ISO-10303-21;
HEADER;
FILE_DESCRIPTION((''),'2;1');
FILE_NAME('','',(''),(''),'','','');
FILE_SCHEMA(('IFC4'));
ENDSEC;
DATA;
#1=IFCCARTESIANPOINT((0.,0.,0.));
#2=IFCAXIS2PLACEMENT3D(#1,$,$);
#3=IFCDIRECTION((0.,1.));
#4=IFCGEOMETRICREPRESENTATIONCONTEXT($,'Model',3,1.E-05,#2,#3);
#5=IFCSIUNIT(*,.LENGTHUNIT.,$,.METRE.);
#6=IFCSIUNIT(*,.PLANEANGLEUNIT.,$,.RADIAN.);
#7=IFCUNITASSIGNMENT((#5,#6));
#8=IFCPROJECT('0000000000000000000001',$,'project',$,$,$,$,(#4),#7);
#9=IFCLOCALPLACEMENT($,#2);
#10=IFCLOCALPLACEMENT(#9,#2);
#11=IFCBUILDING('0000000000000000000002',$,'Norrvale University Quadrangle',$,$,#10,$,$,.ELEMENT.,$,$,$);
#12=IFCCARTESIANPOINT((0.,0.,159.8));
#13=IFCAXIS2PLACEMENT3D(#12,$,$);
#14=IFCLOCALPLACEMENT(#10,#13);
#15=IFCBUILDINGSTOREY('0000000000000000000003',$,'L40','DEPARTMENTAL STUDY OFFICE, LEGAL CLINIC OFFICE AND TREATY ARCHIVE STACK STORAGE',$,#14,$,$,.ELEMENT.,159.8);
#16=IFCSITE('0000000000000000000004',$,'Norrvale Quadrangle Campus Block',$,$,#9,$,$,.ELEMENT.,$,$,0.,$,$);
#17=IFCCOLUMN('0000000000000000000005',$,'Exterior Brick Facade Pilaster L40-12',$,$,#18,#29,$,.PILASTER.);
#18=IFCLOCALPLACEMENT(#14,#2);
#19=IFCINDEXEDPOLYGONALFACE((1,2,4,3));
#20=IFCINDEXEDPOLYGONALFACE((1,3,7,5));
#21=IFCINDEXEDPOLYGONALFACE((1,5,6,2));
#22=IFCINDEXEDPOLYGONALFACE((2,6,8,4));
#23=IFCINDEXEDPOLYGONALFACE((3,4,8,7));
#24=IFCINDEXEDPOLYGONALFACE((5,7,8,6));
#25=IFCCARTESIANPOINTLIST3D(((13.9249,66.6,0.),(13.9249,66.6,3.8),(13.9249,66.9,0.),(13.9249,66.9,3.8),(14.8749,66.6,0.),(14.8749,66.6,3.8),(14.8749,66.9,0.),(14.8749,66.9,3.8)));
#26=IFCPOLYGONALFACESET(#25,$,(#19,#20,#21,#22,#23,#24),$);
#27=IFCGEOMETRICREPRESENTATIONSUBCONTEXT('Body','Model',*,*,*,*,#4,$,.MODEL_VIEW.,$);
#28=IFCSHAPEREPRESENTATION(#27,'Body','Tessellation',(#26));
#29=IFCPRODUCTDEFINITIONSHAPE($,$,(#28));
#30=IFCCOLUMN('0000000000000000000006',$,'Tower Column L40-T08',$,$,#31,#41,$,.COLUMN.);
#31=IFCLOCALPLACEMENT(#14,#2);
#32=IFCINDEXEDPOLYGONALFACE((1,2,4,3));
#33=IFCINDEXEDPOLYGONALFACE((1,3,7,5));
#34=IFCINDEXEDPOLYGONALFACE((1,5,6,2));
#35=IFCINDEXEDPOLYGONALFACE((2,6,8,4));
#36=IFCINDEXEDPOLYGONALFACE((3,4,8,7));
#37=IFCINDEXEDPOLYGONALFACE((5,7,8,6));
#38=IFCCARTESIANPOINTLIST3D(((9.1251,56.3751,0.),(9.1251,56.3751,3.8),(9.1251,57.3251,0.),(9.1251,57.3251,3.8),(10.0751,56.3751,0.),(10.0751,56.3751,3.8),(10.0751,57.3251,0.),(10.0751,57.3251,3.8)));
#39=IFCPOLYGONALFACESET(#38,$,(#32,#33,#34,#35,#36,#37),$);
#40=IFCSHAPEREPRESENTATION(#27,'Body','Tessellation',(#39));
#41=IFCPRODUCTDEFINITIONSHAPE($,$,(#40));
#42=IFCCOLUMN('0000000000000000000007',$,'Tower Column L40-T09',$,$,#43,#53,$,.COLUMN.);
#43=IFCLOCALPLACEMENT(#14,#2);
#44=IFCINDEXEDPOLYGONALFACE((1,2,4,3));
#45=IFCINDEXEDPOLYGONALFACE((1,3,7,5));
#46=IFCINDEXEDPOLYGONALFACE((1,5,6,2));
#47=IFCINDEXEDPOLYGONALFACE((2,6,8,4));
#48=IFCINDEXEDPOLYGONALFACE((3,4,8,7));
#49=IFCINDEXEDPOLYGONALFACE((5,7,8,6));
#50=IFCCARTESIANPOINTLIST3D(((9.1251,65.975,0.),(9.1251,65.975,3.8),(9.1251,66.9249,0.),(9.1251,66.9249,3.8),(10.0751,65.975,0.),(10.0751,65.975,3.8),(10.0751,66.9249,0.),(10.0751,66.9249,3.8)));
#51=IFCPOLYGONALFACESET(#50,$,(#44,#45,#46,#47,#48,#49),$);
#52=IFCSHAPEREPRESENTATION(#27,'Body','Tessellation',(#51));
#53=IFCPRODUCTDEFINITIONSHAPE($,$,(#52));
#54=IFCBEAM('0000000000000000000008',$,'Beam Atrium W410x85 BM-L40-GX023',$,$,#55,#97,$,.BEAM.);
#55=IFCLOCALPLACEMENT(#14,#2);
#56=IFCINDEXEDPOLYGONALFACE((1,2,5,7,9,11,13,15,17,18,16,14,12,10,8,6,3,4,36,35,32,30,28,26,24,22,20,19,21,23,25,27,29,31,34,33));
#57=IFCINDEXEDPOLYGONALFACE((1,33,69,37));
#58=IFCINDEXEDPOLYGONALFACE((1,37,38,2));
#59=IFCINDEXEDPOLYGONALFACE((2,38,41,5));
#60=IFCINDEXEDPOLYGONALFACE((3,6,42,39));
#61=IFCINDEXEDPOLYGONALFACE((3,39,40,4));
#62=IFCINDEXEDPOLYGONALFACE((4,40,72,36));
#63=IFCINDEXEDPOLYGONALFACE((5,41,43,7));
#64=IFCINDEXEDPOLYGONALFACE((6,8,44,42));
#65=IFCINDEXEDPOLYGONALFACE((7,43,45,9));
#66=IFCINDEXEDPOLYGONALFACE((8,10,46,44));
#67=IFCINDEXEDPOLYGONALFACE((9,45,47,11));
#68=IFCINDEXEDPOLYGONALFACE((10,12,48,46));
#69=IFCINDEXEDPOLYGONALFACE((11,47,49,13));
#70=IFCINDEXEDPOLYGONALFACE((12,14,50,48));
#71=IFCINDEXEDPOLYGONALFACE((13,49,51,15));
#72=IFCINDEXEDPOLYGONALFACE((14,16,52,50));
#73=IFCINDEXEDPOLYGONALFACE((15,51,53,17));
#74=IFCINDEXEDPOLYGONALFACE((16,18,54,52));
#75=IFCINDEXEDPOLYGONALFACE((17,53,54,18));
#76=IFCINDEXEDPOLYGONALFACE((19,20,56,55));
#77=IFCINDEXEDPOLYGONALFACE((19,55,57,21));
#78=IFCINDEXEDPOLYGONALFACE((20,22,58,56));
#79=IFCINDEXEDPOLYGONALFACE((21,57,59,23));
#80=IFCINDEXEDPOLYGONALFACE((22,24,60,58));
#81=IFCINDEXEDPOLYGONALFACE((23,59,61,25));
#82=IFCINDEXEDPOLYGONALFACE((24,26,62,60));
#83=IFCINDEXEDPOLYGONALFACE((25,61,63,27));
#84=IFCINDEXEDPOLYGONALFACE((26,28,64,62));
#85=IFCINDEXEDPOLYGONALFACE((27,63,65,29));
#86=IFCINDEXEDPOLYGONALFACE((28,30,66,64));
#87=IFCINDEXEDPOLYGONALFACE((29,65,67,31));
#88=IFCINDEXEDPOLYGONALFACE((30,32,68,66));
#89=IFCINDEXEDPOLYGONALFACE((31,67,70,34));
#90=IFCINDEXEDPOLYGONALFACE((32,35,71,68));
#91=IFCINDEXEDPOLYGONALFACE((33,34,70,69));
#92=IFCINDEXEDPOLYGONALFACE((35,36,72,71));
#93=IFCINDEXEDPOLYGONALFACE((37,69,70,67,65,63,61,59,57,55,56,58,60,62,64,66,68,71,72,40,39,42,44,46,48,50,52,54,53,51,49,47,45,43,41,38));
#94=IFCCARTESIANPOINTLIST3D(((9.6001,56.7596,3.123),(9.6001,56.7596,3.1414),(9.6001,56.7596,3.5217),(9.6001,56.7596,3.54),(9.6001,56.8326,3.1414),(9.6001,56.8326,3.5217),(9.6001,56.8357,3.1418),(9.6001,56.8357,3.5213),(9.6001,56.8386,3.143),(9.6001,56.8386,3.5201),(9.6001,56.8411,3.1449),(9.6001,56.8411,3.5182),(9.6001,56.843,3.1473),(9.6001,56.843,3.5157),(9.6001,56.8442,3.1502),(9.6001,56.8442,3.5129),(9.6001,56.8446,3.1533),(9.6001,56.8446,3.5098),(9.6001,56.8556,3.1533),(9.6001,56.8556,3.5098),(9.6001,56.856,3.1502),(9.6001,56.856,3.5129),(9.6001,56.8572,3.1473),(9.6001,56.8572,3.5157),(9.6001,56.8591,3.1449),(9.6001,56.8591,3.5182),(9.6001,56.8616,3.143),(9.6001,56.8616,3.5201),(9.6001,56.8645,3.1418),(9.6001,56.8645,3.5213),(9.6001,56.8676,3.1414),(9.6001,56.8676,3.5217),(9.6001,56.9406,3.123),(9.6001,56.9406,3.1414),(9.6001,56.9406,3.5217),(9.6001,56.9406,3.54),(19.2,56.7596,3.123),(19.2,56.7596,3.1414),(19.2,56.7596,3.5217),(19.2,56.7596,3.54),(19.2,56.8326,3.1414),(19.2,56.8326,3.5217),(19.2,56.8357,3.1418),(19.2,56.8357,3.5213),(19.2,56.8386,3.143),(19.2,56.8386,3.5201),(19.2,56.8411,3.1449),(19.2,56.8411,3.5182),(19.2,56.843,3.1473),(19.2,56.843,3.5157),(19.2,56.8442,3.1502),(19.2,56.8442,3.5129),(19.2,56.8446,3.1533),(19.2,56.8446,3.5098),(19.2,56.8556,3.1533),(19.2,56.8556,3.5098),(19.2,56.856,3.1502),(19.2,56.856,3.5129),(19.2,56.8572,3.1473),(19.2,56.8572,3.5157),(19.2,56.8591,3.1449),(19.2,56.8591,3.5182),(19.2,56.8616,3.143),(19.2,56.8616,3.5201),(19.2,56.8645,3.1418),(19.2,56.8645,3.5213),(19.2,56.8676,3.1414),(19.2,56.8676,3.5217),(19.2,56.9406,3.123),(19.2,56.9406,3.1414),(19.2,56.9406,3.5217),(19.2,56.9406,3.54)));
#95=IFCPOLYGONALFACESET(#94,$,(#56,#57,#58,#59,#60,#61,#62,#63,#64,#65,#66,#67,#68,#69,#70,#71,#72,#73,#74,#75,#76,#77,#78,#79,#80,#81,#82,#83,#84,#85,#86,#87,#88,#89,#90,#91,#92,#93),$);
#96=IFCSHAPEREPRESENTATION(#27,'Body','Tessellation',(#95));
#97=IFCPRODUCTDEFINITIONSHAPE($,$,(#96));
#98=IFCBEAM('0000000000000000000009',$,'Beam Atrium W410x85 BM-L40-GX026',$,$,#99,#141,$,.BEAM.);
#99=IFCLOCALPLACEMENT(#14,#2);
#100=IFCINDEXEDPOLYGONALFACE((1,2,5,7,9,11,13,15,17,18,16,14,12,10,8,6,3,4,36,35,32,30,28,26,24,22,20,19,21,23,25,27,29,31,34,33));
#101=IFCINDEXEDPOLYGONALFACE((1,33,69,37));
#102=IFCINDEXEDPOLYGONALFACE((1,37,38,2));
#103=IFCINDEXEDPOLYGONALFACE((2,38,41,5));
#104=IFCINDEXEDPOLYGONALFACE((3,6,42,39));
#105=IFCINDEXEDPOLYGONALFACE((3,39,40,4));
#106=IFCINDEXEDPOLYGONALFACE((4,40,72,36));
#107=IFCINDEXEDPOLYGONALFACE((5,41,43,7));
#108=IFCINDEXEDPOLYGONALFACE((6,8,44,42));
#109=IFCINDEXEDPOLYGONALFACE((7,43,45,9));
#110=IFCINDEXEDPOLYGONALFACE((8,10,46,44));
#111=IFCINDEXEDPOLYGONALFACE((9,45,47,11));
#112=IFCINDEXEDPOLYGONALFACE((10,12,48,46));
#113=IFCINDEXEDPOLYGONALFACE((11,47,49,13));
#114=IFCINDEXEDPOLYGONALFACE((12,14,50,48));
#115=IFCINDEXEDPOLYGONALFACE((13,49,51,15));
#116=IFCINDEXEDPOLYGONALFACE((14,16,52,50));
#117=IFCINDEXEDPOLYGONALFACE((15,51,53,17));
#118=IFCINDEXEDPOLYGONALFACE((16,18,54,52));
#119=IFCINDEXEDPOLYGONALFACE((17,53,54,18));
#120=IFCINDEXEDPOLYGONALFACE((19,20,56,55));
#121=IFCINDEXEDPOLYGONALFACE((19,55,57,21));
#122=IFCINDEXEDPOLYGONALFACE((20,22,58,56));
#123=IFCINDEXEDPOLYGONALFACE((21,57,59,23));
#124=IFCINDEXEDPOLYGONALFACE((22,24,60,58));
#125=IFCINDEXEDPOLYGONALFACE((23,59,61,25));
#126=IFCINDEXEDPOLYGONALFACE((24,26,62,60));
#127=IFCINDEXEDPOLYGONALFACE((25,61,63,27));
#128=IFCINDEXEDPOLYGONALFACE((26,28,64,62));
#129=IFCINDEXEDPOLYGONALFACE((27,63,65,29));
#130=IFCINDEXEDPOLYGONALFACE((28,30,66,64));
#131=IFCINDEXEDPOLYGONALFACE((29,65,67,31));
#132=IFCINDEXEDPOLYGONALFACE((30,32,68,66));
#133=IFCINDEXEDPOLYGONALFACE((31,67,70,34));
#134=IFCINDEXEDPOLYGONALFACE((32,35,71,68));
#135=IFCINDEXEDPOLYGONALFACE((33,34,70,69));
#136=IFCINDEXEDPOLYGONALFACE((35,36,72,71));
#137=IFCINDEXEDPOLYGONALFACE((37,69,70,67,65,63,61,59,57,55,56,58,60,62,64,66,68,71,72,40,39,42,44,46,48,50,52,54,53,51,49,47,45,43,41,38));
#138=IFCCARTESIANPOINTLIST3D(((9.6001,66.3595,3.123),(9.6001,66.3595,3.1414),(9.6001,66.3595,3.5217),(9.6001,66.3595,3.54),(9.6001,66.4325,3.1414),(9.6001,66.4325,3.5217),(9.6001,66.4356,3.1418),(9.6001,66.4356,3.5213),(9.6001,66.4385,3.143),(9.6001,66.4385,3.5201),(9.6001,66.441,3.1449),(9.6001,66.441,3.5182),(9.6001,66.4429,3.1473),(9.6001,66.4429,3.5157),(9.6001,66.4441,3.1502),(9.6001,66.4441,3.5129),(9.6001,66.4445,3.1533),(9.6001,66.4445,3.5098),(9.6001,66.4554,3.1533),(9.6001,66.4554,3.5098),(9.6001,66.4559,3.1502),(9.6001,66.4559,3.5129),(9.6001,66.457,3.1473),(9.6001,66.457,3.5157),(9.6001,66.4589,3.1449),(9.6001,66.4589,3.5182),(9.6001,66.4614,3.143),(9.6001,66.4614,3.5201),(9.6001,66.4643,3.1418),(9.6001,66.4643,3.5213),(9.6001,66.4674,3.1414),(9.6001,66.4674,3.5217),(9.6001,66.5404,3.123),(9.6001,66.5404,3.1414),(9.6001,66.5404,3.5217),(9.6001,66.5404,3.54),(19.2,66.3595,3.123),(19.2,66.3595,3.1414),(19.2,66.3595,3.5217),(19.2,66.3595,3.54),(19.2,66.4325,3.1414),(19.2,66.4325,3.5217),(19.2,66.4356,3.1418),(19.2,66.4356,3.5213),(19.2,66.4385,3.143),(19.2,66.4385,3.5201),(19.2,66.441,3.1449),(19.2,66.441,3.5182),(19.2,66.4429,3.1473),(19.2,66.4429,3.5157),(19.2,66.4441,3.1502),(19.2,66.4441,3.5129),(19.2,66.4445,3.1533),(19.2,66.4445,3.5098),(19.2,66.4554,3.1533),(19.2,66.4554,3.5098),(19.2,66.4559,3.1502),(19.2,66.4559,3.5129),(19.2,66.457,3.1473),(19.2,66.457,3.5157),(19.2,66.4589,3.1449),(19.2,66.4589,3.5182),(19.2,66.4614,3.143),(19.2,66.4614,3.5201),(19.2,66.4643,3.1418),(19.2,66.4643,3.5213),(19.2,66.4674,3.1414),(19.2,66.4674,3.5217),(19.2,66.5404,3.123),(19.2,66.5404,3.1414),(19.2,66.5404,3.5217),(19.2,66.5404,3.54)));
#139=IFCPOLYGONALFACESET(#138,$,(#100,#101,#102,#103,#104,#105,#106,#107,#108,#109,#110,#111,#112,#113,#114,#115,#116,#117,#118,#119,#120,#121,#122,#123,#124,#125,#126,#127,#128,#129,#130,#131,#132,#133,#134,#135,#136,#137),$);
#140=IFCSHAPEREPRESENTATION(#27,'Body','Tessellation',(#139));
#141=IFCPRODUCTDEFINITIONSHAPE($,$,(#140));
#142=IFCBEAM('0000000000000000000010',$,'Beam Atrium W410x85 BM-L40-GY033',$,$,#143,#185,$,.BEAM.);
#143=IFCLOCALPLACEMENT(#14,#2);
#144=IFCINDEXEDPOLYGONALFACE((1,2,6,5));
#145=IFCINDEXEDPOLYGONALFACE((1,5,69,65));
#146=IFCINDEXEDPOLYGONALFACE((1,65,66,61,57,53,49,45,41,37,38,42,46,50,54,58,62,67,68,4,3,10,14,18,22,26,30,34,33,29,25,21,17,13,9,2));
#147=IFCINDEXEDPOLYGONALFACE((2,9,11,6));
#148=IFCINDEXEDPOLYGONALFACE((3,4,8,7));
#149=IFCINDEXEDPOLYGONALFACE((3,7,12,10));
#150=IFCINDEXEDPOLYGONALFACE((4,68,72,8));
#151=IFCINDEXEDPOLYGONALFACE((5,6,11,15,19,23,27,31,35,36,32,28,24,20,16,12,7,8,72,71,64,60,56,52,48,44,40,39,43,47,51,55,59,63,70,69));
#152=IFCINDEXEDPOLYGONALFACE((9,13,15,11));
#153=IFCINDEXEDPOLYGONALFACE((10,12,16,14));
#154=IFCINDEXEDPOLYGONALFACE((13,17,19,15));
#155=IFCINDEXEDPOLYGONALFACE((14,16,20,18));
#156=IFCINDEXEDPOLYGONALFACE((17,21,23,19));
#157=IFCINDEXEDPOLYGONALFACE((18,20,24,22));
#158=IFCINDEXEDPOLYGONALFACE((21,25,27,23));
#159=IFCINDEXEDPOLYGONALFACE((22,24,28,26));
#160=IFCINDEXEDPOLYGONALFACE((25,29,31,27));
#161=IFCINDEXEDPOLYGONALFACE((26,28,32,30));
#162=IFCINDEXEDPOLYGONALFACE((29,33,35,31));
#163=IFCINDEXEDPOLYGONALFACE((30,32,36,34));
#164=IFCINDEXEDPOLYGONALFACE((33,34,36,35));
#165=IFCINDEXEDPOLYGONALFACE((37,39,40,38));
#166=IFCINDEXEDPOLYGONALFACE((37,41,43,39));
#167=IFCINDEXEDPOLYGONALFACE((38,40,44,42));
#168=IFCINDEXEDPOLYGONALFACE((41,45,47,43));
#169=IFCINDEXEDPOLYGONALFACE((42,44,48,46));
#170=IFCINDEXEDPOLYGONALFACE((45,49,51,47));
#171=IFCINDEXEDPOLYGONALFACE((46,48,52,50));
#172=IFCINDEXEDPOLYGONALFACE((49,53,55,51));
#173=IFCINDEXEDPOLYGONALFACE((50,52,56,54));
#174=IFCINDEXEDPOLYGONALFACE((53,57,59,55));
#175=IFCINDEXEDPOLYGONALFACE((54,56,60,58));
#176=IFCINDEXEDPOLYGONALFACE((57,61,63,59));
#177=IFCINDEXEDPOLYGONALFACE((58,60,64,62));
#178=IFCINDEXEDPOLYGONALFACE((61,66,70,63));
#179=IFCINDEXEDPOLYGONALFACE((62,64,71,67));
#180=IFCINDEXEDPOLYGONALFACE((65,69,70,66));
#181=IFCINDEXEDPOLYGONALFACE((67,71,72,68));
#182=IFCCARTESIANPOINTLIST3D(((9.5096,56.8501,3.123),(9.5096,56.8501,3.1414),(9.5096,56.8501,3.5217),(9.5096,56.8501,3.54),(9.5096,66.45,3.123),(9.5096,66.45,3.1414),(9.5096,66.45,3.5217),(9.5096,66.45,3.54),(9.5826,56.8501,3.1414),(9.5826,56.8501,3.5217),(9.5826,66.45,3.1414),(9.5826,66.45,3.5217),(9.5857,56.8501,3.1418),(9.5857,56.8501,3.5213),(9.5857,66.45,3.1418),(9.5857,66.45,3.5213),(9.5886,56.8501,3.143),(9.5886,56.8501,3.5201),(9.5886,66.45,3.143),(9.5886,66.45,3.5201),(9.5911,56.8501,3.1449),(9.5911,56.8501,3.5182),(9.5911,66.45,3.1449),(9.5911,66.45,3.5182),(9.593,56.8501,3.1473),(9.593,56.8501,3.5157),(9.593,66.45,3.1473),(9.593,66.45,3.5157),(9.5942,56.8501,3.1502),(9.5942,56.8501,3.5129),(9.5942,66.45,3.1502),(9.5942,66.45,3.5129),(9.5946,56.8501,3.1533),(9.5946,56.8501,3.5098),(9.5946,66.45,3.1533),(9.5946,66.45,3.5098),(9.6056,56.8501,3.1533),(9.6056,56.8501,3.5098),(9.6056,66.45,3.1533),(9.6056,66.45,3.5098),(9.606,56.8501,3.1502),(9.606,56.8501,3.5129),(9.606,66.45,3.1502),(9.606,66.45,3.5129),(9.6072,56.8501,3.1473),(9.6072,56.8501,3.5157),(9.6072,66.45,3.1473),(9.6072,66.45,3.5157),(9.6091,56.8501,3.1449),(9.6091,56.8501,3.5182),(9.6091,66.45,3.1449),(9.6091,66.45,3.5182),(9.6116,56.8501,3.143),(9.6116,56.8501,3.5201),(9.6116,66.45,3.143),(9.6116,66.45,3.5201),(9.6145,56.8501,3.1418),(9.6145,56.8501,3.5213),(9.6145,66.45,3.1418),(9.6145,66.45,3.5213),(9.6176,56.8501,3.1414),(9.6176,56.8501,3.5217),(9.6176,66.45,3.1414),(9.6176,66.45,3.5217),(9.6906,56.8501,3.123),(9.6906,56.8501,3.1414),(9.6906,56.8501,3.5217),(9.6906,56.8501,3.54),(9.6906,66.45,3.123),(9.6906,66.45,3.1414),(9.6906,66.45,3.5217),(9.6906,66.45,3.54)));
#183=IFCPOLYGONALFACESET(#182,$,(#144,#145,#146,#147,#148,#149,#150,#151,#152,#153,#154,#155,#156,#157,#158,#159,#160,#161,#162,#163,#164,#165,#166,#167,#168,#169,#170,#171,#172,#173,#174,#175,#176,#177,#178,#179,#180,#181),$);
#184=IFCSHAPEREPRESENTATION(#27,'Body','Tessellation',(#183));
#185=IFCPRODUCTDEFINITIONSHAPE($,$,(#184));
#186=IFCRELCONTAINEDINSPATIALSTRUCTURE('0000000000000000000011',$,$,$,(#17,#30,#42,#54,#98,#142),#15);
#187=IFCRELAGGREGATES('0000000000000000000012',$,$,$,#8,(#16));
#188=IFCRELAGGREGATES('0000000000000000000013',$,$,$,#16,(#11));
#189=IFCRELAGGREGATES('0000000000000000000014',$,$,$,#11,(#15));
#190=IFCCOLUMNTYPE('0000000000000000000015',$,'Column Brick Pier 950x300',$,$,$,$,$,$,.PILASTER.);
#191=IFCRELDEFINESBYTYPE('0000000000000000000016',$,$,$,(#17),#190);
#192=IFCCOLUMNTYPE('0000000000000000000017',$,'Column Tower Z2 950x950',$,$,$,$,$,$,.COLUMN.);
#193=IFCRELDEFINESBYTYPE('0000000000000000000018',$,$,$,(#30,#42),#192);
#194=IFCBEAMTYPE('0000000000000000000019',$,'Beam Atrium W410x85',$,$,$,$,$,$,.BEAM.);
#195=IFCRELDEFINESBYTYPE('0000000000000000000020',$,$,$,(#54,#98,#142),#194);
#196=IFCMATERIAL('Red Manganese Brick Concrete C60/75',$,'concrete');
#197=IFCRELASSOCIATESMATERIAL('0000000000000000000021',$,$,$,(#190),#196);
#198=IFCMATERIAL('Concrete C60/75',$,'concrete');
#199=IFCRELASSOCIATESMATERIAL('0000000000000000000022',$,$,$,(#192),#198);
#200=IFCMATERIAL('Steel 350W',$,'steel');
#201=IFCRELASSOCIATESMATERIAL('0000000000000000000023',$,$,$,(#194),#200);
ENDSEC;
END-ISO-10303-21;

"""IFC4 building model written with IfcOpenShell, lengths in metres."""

from ifc_helpers import new_model, si_unit, direction, frame, origin, origin_2d, place, context, subcontext, project, spatial, rectangle, i_section, extrude, material, material_profile, profile_set, type_object, element, save


model = new_model("IFC4")

# Units and contexts
model_context = context("Model", 3, precision=1e-05, world=origin(), true_north=direction((0.0, 1.0)))
body_context = subcontext(model_context, "Body", "Model", "MODEL_VIEW")
ifc_project = project(units=[si_unit("LENGTHUNIT", "METRE"), si_unit("PLANEANGLEUNIT", "RADIAN")], contexts=[model_context])

# Site, building, storey
site_placement = place(None, origin())
site = spatial("IfcSite", under=ifc_project, at=site_placement, Name="Norrvale Quadrangle Campus Block", CompositionType="ELEMENT", RefElevation=0.0)
building_placement = place(site_placement, origin())
building = spatial("IfcBuilding", under=site, at=building_placement, Name="Norrvale University Quadrangle", CompositionType="ELEMENT")
storey_placement = place(building_placement, frame((0.0, 0.0, 159.8)))
storey = spatial("IfcBuildingStorey", under=building, at=storey_placement, Name="L40", Description="DEPARTMENTAL STUDY OFFICE, LEGAL CLINIC OFFICE AND TREATY ARCHIVE STACK STORAGE", CompositionType="ELEMENT", Elevation=159.8)

# Columns
ifc_material_1 = material(Name="Red Manganese Brick Concrete C60/75", Category="concrete")
ifc_material_profile_1 = material_profile(ifc_material_1, rectangle(XDim=0.95, YDim=0.3, at=origin_2d()), Name="Red Manganese Brick Concrete C60/75")
ifc_profile_set_1 = profile_set([ifc_material_profile_1], Name="Red Manganese Brick Concrete C60/75")
column_type_1 = type_object("IfcColumnType", Name="Column Brick Pier 950x300", PredefinedType="PILASTER", material=ifc_profile_set_1)
column_placement = place(storey_placement, frame((14.3999, 66.75, 0.0), z_axis=(0.0, 0.0, 1.0), x_axis=(1.0, 0.0, 0.0)))
element("IfcColumn", 1, at=column_placement, inside=storey, type_object=column_type_1, Name="Exterior Brick Facade Pilaster L40-12", PredefinedType="PILASTER", context=body_context, shape_type="SweptSolid", body=[
    extrude(rectangle(XDim=0.95, YDim=0.3, at=origin_2d()), origin(), (0.0, 0.0, 1.0), 3.8),
])
ifc_material_2 = material(Name="Concrete C60/75", Category="concrete")
ifc_material_profile_2 = material_profile(ifc_material_2, rectangle(XDim=0.95, YDim=0.95, at=origin_2d()), Name="Concrete C60/75")
ifc_profile_set_2 = profile_set([ifc_material_profile_2], Name="Concrete C60/75")
column_type_2 = type_object("IfcColumnType", Name="Column Tower Z2 950x950", PredefinedType="COLUMN", material=ifc_profile_set_2)
for number, where, z_axis, x_axis, name in (
    (2, (9.6001, 56.8501, 0.0), (0.0, 0.0, 1.0), (1.0, 0.0, 0.0), "Tower Column L40-T08"),
    (3, (9.6001, 66.45, 0.0), (0.0, 0.0, 1.0), (1.0, 0.0, 0.0), "Tower Column L40-T09"),
):
    element("IfcColumn", number, at=place(storey_placement, frame(where, z_axis=z_axis, x_axis=x_axis)), inside=storey, type_object=column_type_2, Name=name, PredefinedType="COLUMN", context=body_context, shape_type="SweptSolid", body=[
        extrude(rectangle(XDim=0.95, YDim=0.95, at=origin_2d()), origin(), (0.0, 0.0, 1.0), 3.8),
    ])

# Beams
ifc_material_3 = material(Name="Steel 350W", Category="steel")
ifc_material_profile_3 = material_profile(ifc_material_3, i_section(OverallWidth=0.1809, OverallDepth=0.417, WebThickness=0.011, FlangeThickness=0.0183, FilletRadius=0.012, at=origin_2d()), Name="Steel 350W")
ifc_profile_set_3 = profile_set([ifc_material_profile_3], Name="Steel 350W")
beam_type_1 = type_object("IfcBeamType", Name="Beam Atrium W410x85", PredefinedType="BEAM", material=ifc_profile_set_3)
for number, where, z_axis, x_axis, name in (
    (4, (9.6001, 56.8501, 3.3315), (1.0, 0.0, 0.0), (0.0, 1.0, 0.0), "Beam Atrium W410x85 BM-L40-GX023"),
    (5, (9.6001, 66.45, 3.3315), (1.0, 0.0, 0.0), (0.0, 1.0, 0.0), "Beam Atrium W410x85 BM-L40-GX026"),
    (6, (9.6001, 56.8501, 3.3315), (0.0, 1.0, 0.0), (-1.0, 0.0, 0.0), "Beam Atrium W410x85 BM-L40-GY033"),
):
    element("IfcBeam", number, at=place(storey_placement, frame(where, z_axis=z_axis, x_axis=x_axis)), inside=storey, type_object=beam_type_1, Name=name, PredefinedType="BEAM", context=body_context, shape_type="SweptSolid", body=[
        extrude(i_section(OverallWidth=0.1809, OverallDepth=0.417, WebThickness=0.011, FlangeThickness=0.0183, FilletRadius=0.012, at=origin_2d()), origin(), (0.0, 0.0, 1.0), 9.5999),
    ])

save(model, "model.ifc")
